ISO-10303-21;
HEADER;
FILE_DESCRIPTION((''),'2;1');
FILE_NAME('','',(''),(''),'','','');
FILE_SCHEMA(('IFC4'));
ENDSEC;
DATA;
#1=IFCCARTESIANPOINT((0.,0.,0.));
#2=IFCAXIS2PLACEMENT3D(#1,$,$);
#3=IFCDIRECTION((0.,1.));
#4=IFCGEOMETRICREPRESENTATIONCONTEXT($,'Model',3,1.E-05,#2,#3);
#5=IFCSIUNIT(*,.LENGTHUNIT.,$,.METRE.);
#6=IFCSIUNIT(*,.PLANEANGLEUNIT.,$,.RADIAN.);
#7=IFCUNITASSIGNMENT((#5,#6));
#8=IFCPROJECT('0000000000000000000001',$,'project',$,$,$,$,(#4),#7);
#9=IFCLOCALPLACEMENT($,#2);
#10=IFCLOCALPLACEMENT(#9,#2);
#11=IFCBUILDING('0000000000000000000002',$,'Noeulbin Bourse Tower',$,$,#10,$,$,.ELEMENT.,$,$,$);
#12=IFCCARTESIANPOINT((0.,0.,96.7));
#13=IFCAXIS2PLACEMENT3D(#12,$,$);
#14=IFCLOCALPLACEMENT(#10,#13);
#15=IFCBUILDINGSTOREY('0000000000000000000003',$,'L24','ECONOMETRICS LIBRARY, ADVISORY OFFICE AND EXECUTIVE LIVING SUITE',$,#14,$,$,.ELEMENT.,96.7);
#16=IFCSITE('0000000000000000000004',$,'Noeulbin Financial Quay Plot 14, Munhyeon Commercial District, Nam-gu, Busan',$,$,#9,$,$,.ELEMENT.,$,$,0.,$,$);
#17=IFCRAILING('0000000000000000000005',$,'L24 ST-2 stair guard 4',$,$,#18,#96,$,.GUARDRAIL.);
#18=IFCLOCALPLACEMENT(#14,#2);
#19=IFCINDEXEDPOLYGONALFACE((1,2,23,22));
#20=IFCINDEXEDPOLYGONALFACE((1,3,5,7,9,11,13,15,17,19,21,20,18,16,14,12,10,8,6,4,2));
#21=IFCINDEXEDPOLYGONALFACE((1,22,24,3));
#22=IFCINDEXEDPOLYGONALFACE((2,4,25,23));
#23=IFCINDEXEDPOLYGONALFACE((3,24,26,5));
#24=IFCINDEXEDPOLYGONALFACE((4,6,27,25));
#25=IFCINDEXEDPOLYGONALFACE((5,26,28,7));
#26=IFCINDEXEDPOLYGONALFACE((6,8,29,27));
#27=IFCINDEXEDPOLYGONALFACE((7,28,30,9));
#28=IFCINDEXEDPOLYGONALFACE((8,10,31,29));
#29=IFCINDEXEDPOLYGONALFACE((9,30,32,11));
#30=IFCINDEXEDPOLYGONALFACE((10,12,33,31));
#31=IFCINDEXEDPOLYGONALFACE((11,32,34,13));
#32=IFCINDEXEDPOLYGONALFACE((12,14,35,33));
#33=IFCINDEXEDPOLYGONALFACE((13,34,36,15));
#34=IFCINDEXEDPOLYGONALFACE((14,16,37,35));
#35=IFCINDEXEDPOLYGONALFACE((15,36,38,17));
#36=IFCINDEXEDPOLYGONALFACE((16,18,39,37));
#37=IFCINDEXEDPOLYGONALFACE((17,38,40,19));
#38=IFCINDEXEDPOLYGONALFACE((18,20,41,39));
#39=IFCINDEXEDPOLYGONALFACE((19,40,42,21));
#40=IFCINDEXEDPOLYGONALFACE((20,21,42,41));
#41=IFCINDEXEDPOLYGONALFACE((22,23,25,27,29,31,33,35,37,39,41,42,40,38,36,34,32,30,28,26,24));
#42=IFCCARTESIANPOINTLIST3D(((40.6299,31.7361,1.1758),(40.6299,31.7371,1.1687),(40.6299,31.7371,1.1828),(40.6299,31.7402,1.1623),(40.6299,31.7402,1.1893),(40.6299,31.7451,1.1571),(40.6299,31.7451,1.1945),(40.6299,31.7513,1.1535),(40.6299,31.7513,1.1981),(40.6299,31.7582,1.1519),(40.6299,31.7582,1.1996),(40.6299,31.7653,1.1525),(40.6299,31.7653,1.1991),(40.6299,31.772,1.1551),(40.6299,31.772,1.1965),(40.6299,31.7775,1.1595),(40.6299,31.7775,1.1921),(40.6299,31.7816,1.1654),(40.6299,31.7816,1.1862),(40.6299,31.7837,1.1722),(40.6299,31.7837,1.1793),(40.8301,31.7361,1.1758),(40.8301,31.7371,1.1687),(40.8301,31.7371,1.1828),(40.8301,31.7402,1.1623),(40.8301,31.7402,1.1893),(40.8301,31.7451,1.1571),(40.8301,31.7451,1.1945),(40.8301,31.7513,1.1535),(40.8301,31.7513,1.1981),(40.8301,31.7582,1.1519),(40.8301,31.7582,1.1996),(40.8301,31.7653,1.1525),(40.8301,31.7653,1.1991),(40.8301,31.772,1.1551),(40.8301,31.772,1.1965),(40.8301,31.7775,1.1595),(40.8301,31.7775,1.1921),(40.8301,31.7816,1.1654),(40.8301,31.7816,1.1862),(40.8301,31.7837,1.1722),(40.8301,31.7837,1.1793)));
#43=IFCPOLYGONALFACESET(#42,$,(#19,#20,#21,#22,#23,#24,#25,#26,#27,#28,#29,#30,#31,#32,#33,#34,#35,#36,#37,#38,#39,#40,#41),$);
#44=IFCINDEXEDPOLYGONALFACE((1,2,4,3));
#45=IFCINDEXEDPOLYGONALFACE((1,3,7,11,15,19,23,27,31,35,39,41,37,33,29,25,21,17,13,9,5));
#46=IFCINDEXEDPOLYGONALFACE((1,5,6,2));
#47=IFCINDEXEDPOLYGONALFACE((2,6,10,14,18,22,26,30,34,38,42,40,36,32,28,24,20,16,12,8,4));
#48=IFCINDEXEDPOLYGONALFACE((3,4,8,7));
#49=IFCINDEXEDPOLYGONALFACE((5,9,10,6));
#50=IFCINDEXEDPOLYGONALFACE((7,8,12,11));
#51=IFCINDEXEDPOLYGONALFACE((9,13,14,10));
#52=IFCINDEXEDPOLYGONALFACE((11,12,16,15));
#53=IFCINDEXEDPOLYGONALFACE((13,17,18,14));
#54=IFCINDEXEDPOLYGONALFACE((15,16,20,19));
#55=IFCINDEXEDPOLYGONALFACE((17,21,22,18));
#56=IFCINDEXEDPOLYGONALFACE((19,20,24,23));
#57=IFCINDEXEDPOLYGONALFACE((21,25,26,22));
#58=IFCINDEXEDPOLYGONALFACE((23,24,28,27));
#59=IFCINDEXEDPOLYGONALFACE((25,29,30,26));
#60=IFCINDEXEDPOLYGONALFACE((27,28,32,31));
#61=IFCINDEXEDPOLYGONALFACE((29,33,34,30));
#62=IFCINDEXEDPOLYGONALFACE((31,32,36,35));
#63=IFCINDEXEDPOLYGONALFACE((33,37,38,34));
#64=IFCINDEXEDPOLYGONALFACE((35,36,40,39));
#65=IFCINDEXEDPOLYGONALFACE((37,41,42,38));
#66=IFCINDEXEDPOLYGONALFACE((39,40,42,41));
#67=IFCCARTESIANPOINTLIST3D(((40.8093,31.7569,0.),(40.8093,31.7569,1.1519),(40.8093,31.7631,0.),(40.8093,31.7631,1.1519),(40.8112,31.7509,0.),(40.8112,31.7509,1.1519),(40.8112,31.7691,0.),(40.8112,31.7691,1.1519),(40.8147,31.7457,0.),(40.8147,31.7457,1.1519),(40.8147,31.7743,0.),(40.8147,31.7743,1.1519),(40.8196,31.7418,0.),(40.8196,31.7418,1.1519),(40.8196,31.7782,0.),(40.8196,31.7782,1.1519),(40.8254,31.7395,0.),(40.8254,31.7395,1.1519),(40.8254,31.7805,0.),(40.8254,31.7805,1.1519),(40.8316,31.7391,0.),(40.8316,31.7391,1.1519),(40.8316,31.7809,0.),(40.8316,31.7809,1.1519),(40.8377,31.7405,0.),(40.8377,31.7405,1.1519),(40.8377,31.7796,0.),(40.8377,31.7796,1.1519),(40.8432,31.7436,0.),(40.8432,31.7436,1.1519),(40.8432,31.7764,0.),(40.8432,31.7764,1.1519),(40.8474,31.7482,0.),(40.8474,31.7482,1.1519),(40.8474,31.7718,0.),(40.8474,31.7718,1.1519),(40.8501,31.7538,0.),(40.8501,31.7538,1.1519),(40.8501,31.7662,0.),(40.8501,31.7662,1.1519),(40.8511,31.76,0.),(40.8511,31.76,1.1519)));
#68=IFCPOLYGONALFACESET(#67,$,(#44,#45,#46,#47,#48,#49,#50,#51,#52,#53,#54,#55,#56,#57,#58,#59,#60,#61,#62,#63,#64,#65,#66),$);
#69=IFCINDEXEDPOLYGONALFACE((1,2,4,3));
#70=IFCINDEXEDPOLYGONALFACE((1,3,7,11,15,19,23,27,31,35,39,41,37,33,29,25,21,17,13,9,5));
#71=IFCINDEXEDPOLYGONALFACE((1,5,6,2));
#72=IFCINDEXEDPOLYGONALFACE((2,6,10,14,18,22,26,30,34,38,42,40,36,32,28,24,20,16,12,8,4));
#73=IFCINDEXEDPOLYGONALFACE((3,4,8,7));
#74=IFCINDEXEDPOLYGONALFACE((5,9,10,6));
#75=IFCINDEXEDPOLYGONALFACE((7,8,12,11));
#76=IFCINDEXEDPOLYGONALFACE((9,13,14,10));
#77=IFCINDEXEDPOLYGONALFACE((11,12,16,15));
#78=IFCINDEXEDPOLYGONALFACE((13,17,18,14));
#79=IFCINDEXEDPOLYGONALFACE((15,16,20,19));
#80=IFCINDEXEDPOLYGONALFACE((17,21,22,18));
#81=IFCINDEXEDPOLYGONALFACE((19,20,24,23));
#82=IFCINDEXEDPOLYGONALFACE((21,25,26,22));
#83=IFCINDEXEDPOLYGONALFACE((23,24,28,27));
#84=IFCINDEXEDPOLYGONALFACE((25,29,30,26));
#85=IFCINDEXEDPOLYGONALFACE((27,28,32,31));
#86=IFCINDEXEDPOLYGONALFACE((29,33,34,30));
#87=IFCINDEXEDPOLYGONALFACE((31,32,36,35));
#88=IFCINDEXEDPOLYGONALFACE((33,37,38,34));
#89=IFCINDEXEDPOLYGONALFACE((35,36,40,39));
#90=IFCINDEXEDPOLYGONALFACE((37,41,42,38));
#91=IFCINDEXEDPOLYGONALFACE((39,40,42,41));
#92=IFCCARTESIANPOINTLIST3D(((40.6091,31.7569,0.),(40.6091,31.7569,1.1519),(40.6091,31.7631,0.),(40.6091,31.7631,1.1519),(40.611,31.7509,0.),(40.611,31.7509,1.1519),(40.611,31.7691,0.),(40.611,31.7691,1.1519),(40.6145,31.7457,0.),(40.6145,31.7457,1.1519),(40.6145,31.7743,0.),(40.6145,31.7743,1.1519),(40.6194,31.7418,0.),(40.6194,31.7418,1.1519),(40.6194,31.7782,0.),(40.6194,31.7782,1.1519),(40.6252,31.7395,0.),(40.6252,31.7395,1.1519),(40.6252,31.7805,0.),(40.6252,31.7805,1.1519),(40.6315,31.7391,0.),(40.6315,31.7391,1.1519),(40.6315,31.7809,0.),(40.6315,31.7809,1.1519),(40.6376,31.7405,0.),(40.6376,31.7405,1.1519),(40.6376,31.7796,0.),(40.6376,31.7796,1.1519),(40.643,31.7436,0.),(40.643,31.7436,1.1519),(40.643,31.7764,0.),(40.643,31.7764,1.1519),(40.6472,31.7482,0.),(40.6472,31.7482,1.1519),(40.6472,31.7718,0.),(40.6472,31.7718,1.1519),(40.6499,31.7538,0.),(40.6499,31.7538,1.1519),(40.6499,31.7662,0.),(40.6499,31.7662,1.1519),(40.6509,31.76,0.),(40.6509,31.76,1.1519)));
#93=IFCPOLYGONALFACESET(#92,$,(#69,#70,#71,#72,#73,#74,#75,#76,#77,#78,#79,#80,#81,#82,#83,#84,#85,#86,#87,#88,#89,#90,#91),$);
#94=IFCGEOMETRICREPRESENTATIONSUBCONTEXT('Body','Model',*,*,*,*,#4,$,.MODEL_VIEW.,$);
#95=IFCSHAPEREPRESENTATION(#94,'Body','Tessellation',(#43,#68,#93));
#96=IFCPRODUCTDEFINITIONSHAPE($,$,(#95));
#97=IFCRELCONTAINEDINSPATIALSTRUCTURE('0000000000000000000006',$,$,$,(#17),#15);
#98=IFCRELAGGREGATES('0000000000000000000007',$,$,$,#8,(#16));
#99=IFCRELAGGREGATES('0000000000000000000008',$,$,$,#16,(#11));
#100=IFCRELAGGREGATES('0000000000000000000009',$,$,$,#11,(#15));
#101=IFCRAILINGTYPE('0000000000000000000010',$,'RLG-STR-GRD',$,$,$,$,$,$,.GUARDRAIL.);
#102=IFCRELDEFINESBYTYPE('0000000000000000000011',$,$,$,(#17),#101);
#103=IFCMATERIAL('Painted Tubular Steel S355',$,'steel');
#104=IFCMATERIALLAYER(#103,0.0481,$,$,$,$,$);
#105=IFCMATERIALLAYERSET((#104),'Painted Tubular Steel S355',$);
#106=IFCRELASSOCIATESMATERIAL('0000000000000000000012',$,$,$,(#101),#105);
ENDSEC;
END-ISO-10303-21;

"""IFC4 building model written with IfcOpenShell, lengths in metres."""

from ifc_helpers import new_model, si_unit, direction, frame, origin, origin_2d, place, context, subcontext, project, spatial, circle, extrude, material, layer, layer_set, type_object, element, save


model = new_model("IFC4")

# Units and contexts
model_context = context("Model", 3, precision=1e-05, world=origin(), true_north=direction((0.0, 1.0)))
body_context = subcontext(model_context, "Body", "Model", "MODEL_VIEW")
ifc_project = project(units=[si_unit("LENGTHUNIT", "METRE"), si_unit("PLANEANGLEUNIT", "RADIAN")], contexts=[model_context])

# Site, building, storey
site_placement = place(None, origin())
site = spatial("IfcSite", under=ifc_project, at=site_placement, Name="Noeulbin Financial Quay Plot 14, Munhyeon Commercial District, Nam-gu, Busan", CompositionType="ELEMENT", RefElevation=0.0)
building_placement = place(site_placement, origin())
building = spatial("IfcBuilding", under=site, at=building_placement, Name="Noeulbin Bourse Tower", CompositionType="ELEMENT")
storey_placement = place(building_placement, frame((0.0, 0.0, 96.7)))
storey = spatial("IfcBuildingStorey", under=building, at=storey_placement, Name="L24", Description="ECONOMETRICS LIBRARY, ADVISORY OFFICE AND EXECUTIVE LIVING SUITE", CompositionType="ELEMENT", Elevation=96.7)

# Railing
ifc_material_1 = material(Name="Painted Tubular Steel S355", Category="steel")
ifc_layer_1 = layer(ifc_material_1, 0.0481)
ifc_layer_set_1 = layer_set([ifc_layer_1], Name="Painted Tubular Steel S355")
railing_type_1 = type_object("IfcRailingType", Name="RLG-STR-GRD", PredefinedType="GUARDRAIL", material=ifc_layer_set_1)
railing_1_placement = place(storey_placement, frame((40.8301, 31.76, 0.0)))
element("IfcRailing", 1, at=railing_1_placement, inside=storey, type_object=railing_type_1, Name="L24 ST-2 stair guard 4", PredefinedType="GUARDRAIL", context=body_context, shape_type="SweptSolid", body=[
    extrude(circle(Radius=0.0239, at=origin_2d()), frame((0.0, 0.0, 1.1758), z_axis=(-1.0, 0.0, 0.0), x_axis=(0.0, -1.0, 0.0)), (0.0, 0.0, 1.0), 0.2002),
    extrude(circle(Radius=0.021, at=origin_2d()), origin(), (0.0, 0.0, 1.0), 1.1519),
    extrude(circle(Radius=0.021, at=origin_2d()), frame((-0.2002, 0.0, 0.0)), (0.0, 0.0, 1.0), 1.1519),
])

save(model, "model.ifc")
